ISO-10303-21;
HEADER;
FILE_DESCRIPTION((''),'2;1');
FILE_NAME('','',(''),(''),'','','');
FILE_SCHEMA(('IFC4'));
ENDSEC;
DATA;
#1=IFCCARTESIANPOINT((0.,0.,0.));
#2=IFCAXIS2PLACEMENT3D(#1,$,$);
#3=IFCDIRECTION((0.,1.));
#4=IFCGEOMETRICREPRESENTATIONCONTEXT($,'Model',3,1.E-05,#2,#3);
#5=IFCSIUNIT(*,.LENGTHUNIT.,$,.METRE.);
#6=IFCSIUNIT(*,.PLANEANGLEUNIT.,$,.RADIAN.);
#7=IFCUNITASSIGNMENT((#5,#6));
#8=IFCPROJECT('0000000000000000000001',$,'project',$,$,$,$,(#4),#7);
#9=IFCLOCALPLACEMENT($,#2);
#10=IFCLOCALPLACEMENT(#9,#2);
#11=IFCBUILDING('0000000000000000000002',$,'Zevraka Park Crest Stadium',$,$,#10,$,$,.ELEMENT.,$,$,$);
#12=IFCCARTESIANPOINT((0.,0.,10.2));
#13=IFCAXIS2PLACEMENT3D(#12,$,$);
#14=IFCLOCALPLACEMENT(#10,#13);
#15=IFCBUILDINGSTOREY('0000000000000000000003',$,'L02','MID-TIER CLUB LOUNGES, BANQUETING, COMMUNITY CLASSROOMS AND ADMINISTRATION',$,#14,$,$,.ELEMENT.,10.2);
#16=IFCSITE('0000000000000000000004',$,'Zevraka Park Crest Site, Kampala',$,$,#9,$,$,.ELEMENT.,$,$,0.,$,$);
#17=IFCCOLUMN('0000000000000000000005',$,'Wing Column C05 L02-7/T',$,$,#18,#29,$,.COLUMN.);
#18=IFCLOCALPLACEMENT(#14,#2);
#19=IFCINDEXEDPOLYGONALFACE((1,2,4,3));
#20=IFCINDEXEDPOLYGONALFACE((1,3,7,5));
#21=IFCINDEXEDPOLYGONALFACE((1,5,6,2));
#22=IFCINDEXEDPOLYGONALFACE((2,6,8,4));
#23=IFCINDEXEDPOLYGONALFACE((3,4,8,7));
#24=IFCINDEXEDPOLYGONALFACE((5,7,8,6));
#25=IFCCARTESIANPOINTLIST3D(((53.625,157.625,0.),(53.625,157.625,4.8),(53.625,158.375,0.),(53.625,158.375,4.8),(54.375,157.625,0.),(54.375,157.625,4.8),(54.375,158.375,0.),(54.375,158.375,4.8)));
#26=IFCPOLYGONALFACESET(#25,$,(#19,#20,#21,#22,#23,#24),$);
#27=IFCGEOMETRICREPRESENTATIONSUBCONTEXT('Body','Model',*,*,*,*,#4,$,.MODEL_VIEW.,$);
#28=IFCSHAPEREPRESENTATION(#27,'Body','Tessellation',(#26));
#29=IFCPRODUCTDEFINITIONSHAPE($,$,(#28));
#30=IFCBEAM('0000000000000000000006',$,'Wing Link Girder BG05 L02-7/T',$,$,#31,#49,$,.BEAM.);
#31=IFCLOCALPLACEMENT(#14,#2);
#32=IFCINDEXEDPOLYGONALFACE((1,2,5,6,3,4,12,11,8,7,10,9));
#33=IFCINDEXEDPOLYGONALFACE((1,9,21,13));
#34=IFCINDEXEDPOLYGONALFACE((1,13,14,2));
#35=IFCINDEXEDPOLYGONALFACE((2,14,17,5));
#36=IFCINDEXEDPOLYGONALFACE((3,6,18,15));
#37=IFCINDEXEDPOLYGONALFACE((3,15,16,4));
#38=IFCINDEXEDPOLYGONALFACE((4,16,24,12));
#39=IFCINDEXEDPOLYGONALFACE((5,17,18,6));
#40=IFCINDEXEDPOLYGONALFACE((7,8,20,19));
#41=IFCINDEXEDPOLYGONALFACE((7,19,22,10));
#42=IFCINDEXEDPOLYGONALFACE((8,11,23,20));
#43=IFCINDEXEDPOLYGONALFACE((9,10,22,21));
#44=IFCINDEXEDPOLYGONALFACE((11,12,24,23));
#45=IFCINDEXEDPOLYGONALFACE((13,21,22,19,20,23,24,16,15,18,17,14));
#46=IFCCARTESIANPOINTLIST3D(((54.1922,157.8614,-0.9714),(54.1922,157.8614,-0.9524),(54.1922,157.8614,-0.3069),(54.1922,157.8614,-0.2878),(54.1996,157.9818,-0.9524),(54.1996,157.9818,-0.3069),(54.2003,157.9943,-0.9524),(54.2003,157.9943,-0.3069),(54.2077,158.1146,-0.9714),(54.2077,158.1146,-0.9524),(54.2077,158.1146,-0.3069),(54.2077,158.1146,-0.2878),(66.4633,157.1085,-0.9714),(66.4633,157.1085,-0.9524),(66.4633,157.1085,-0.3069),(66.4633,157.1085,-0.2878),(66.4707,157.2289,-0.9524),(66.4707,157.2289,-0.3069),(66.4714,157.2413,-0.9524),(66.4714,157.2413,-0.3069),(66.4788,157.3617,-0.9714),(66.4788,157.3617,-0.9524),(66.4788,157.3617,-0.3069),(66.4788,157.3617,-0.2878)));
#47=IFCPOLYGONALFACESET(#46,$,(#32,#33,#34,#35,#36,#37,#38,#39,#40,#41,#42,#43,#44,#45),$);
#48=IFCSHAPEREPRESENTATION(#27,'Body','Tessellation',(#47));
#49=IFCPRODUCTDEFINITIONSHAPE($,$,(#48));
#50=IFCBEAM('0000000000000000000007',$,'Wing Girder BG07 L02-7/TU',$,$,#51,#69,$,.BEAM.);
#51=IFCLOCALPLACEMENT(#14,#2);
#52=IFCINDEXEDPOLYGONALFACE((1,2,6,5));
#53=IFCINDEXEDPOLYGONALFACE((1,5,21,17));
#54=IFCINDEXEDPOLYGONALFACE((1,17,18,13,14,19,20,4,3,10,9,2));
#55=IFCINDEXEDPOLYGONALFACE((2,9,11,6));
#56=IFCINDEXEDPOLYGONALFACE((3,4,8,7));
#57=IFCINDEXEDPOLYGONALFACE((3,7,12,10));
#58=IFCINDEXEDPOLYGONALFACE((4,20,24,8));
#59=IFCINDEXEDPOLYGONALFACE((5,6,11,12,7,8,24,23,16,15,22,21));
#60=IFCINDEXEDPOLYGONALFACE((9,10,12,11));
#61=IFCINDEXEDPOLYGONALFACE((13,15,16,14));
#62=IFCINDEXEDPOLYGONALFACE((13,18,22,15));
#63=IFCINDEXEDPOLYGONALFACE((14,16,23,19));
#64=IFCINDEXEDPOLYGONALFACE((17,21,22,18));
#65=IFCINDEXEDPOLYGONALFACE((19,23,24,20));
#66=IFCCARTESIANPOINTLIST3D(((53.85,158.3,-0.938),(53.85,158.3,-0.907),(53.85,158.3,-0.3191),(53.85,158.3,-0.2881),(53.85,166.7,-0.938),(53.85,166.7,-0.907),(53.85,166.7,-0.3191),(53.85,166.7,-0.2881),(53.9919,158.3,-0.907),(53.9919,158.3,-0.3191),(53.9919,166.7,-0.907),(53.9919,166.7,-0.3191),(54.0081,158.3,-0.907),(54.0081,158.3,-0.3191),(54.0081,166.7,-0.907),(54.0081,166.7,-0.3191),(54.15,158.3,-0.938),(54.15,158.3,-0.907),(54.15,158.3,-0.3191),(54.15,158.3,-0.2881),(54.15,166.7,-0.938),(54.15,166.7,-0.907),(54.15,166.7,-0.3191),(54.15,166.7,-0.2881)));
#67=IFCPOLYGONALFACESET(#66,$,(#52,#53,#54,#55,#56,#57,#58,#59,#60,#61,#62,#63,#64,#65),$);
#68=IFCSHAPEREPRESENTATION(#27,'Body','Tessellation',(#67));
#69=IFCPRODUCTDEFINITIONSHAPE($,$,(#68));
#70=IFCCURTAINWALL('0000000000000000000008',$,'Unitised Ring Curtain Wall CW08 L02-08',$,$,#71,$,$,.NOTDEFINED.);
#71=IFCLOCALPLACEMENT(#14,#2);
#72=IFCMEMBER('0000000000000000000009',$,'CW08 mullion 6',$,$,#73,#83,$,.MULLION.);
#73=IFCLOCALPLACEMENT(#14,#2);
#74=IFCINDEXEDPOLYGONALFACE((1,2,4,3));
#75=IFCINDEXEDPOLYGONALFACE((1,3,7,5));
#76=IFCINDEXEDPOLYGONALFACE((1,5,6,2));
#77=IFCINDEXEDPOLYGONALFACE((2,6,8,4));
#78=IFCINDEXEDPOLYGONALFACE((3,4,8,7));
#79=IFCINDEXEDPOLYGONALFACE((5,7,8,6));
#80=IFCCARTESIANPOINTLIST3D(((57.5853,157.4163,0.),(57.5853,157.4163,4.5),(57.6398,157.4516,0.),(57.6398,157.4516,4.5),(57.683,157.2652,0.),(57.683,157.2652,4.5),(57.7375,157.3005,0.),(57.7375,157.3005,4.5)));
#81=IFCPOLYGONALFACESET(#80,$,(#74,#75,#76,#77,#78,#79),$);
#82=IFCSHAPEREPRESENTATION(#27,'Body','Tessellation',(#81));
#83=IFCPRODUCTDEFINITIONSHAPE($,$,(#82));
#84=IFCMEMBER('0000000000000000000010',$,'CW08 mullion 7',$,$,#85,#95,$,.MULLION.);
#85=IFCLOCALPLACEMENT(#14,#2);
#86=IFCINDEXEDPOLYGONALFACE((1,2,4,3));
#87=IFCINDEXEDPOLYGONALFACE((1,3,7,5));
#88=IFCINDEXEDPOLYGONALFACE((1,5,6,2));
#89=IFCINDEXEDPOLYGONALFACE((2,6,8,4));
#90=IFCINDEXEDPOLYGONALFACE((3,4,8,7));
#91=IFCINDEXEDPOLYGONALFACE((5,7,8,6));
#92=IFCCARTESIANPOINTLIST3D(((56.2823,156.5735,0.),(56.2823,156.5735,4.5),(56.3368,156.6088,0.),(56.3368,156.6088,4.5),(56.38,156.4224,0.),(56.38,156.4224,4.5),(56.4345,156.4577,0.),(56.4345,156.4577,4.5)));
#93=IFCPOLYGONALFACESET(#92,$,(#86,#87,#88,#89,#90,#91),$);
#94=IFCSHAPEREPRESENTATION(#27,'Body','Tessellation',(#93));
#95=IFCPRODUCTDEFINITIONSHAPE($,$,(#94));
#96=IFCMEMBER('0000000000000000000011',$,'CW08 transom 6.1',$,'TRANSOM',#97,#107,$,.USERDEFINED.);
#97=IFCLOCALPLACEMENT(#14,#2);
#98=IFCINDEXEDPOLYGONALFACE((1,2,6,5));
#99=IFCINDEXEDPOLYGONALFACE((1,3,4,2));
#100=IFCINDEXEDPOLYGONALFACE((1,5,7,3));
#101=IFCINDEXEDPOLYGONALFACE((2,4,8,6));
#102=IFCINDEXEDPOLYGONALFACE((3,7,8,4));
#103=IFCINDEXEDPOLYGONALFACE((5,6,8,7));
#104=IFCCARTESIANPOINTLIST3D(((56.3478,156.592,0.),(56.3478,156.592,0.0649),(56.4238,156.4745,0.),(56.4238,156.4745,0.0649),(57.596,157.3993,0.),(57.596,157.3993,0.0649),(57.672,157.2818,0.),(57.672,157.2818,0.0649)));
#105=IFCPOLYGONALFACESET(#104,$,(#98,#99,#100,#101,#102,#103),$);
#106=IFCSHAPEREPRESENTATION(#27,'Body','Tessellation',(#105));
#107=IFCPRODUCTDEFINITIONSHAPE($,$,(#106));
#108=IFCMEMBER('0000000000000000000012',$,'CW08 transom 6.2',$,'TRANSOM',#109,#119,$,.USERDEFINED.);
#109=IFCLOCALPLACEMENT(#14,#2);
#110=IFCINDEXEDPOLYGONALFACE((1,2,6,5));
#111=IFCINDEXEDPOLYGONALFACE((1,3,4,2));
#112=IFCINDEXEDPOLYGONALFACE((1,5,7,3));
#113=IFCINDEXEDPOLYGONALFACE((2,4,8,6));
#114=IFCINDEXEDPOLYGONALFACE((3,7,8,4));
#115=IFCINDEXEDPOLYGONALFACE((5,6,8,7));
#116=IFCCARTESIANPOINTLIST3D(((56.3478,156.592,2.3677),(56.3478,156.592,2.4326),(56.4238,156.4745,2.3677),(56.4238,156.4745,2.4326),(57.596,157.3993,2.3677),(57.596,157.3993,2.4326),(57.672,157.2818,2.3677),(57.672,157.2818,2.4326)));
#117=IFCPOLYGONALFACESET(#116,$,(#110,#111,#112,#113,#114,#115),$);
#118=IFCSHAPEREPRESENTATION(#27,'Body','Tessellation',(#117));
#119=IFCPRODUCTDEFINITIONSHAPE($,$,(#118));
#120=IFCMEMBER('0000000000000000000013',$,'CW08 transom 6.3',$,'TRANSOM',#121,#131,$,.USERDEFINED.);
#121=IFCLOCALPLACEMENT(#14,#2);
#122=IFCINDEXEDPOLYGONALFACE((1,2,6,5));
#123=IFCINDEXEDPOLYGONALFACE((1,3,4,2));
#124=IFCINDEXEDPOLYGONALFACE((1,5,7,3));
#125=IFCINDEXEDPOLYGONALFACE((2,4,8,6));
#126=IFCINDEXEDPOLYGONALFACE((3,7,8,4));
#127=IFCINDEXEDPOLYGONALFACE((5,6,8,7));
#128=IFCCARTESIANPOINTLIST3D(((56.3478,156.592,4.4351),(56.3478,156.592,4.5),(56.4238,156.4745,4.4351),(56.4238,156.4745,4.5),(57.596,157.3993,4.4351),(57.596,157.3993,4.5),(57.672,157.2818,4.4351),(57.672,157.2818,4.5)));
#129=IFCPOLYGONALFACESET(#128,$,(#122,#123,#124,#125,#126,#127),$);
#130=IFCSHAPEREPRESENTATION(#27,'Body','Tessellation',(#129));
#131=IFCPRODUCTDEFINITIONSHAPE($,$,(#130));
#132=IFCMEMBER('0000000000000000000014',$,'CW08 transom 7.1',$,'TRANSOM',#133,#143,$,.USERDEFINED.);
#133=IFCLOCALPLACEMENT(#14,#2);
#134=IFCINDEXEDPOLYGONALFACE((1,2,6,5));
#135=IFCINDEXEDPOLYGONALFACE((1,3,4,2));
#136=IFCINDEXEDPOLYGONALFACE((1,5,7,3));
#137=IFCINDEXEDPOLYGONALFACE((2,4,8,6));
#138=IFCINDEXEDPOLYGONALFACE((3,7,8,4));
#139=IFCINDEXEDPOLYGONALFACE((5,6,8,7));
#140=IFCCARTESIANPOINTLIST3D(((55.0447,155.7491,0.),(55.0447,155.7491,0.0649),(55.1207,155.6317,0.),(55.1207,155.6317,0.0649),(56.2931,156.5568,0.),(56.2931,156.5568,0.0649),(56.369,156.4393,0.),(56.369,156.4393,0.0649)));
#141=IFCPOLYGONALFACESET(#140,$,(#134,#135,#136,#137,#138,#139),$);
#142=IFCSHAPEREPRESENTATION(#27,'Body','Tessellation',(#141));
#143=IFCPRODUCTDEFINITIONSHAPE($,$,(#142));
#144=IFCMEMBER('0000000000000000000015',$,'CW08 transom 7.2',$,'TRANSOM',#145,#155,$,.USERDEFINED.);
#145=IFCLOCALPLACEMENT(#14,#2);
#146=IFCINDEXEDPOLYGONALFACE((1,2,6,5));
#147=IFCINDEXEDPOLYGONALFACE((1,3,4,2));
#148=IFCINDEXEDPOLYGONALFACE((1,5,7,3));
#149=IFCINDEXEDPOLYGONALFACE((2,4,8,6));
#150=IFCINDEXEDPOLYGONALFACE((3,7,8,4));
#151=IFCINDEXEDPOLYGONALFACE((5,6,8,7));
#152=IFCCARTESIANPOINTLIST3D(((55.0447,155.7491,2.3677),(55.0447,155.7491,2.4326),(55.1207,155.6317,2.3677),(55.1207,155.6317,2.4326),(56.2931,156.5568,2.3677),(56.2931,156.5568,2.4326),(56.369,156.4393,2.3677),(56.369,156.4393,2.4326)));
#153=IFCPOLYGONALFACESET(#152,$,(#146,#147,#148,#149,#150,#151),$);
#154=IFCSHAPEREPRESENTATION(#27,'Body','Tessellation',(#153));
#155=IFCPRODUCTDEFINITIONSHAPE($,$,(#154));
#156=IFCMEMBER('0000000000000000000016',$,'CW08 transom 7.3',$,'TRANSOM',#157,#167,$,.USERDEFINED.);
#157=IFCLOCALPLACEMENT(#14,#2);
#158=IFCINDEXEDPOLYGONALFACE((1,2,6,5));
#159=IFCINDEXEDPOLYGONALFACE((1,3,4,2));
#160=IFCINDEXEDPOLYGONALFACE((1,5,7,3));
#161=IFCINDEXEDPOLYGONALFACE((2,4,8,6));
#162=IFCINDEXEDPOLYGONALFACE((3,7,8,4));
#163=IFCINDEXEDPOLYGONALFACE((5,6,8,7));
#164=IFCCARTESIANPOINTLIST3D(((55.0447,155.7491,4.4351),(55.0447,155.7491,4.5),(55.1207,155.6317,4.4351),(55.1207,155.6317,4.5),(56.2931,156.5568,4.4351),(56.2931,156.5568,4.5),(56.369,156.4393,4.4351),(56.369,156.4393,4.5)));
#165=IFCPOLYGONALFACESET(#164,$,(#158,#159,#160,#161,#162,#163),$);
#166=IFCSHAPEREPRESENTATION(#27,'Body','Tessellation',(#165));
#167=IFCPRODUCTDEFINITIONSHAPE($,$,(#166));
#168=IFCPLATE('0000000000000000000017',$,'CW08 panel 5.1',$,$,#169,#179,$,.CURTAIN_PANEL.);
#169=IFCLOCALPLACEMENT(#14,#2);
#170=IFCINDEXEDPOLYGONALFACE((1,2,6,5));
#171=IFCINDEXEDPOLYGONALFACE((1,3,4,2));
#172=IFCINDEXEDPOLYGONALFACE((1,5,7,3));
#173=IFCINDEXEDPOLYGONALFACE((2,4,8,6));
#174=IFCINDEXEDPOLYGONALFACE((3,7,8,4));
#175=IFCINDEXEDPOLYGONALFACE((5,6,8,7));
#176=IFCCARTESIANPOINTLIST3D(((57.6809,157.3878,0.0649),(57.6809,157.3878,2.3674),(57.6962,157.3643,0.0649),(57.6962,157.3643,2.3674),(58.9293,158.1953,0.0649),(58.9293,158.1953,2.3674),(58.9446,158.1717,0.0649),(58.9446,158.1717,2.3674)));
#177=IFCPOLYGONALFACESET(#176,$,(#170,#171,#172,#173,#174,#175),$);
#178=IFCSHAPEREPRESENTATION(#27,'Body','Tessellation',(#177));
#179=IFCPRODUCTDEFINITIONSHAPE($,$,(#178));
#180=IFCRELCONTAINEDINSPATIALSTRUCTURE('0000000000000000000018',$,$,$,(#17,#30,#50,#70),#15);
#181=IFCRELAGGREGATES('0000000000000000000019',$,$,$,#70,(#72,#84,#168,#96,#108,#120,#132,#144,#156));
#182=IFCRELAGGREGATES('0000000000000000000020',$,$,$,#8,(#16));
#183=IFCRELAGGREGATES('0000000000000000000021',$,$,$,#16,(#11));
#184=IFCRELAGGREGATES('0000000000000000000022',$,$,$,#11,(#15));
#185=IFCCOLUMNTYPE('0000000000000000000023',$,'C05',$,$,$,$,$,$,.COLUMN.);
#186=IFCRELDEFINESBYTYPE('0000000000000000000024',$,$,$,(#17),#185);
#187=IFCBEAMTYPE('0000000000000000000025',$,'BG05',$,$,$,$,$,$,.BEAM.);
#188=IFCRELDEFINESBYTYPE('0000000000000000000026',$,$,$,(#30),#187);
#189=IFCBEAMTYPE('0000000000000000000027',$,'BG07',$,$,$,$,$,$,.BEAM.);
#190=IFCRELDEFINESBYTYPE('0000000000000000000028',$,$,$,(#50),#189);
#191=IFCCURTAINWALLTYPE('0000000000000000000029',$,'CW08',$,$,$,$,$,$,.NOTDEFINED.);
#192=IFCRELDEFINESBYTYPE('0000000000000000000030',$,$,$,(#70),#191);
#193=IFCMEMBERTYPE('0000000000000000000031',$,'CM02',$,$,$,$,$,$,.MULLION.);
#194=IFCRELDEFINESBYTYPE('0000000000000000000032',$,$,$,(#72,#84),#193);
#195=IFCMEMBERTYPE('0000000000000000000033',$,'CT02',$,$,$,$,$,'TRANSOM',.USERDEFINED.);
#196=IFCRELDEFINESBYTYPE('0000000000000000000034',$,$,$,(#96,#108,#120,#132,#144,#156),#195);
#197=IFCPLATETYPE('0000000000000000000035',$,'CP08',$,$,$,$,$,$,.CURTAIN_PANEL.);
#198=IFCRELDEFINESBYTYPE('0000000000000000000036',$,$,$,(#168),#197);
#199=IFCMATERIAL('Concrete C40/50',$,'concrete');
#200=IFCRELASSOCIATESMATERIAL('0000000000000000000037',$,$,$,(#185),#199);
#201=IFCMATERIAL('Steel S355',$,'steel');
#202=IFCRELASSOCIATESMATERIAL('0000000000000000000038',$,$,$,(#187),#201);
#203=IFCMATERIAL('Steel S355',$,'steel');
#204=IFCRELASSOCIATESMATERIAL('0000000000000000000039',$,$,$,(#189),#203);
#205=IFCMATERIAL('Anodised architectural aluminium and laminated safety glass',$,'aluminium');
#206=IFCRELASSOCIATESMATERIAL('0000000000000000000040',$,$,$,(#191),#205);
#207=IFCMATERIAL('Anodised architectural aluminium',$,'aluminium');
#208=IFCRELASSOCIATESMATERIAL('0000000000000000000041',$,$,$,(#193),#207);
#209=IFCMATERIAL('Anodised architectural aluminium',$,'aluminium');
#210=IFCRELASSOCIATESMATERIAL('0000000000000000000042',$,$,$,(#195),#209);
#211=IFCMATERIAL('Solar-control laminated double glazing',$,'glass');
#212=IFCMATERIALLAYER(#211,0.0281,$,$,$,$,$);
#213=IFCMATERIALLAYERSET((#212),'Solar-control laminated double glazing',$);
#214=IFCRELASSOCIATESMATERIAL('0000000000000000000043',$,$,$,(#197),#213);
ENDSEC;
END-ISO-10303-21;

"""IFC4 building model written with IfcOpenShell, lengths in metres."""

from ifc_helpers import new_model, si_unit, direction, frame, origin, origin_2d, place, context, subcontext, project, spatial, rectangle, i_section, extrude, material, layer, layer_set, material_profile, profile_set, type_object, element, aggregate, save


model = new_model("IFC4")

# Units and contexts
model_context = context("Model", 3, precision=1e-05, world=origin(), true_north=direction((0.0, 1.0)))
body_context = subcontext(model_context, "Body", "Model", "MODEL_VIEW")
ifc_project = project(units=[si_unit("LENGTHUNIT", "METRE"), si_unit("PLANEANGLEUNIT", "RADIAN")], contexts=[model_context])

# Site, building, storey
site_placement = place(None, origin())
site = spatial("IfcSite", under=ifc_project, at=site_placement, Name="Zevraka Park Crest Site, Kampala", CompositionType="ELEMENT", RefElevation=0.0)
building_placement = place(site_placement, origin())
building = spatial("IfcBuilding", under=site, at=building_placement, Name="Zevraka Park Crest Stadium", CompositionType="ELEMENT")
storey_placement = place(building_placement, frame((0.0, 0.0, 10.2)))
storey = spatial("IfcBuildingStorey", under=building, at=storey_placement, Name="L02", Description="MID-TIER CLUB LOUNGES, BANQUETING, COMMUNITY CLASSROOMS AND ADMINISTRATION", CompositionType="ELEMENT", Elevation=10.2)

# Column
ifc_material_1 = material(Name="Concrete C40/50", Category="concrete")
ifc_material_profile_1 = material_profile(ifc_material_1, rectangle(XDim=0.75, YDim=0.75, at=origin_2d()), Name="RC 750x750")
ifc_profile_set_1 = profile_set([ifc_material_profile_1], Name="Concrete C40/50")
column_type = type_object("IfcColumnType", Name="C05", PredefinedType="COLUMN", material=ifc_profile_set_1)
column_placement = place(storey_placement, frame((54.0, 158.0, 0.0), z_axis=(0.0, 0.0, 1.0), x_axis=(1.0, 0.0, 0.0)))
element("IfcColumn", 1, at=column_placement, inside=storey, type_object=column_type, Name="Wing Column C05 L02-7/T", PredefinedType="COLUMN", context=body_context, shape_type="SweptSolid", body=[
    extrude(rectangle(XDim=0.75, YDim=0.75, at=origin_2d()), origin(), (0.0, 0.0, 1.0), 4.8),
])

# Beams
ifc_material_2 = material(Name="Steel S355", Category="steel")
ifc_material_profile_2 = material_profile(ifc_material_2, i_section(OverallWidth=0.2537, OverallDepth=0.6836, WebThickness=0.0125, FlangeThickness=0.019, at=origin_2d()), Name="UKB 686x254x140")
ifc_profile_set_2 = profile_set([ifc_material_profile_2], Name="Steel S355")
beam_type_1 = type_object("IfcBeamType", Name="BG05", PredefinedType="BEAM", material=ifc_profile_set_2)
beam_1_placement = place(storey_placement, frame((54.2, 157.988, -0.6296), z_axis=(0.998123, -0.061243, 0.0), x_axis=(0.061243, 0.998123, 0.0)))
element("IfcBeam", 2, at=beam_1_placement, inside=storey, type_object=beam_type_1, Name="Wing Link Girder BG05 L02-7/T", PredefinedType="BEAM", context=body_context, shape_type="SweptSolid", body=[
    extrude(i_section(OverallWidth=0.2537, OverallDepth=0.6836, WebThickness=0.0125, FlangeThickness=0.019, at=origin_2d()), origin(), (0.0, 0.0, 1.0), 12.2942),
])
ifc_material_3 = material(Name="Steel S355", Category="steel")
ifc_material_profile_3 = material_profile(ifc_material_3, i_section(OverallWidth=0.3, OverallDepth=0.6499, WebThickness=0.0161, FlangeThickness=0.031, at=origin_2d()), Name="HEB 650")
ifc_profile_set_3 = profile_set([ifc_material_profile_3], Name="Steel S355")
beam_type_2 = type_object("IfcBeamType", Name="BG07", PredefinedType="BEAM", material=ifc_profile_set_3)
beam_2_placement = place(storey_placement, frame((54.0, 158.3, -0.613), z_axis=(0.0, 1.0, 0.0), x_axis=(-1.0, 0.0, 0.0)))
element("IfcBeam", 3, at=beam_2_placement, inside=storey, type_object=beam_type_2, Name="Wing Girder BG07 L02-7/TU", PredefinedType="BEAM", context=body_context, shape_type="SweptSolid", body=[
    extrude(i_section(OverallWidth=0.3, OverallDepth=0.6499, WebThickness=0.0161, FlangeThickness=0.031, at=origin_2d()), origin(), (0.0, 0.0, 1.0), 8.3999),
])

# Curtain wall, members, plate
ifc_material_4 = material(Name="Anodised architectural aluminium and laminated safety glass", Category="aluminium")
curtain_wall_type = type_object("IfcCurtainWallType", Name="CW08", PredefinedType="NOTDEFINED", material=ifc_material_4)
curtain_wall_placement = place(storey_placement, origin())
curtain_wall = element("IfcCurtainWall", 4, at=curtain_wall_placement, inside=storey, type_object=curtain_wall_type, Name="Unitised Ring Curtain Wall CW08 L02-08", PredefinedType="NOTDEFINED")
ifc_material_5 = material(Name="Anodised architectural aluminium", Category="aluminium")
ifc_material_profile_4 = material_profile(ifc_material_5, rectangle(XDim=0.1799, YDim=0.0649, at=origin_2d()), Name="ALU MULLION 180x65")
ifc_profile_set_4 = profile_set([ifc_material_profile_4], Name="Anodised architectural aluminium")
member_type_1 = type_object("IfcMemberType", Name="CM02", PredefinedType="MULLION", material=ifc_profile_set_4)
member_1_placement = place(storey_placement, frame((57.6614, 157.3584, 0.0), z_axis=(0.0, 0.0, 1.0), x_axis=(0.543096, -0.83967, 0.0)))
member_1 = element("IfcMember", 5, at=member_1_placement, type_object=member_type_1, Name="CW08 mullion 6", PredefinedType="MULLION", context=body_context, shape_type="SweptSolid", body=[
    extrude(rectangle(XDim=0.1799, YDim=0.0649, at=origin_2d()), origin(), (0.0, 0.0, 1.0), 4.5),
])
member_2_placement = place(storey_placement, frame((56.3584, 156.5156, 0.0), z_axis=(0.0, 0.0, 1.0), x_axis=(0.543096, -0.83967, 0.0)))
member_2 = element("IfcMember", 6, at=member_2_placement, type_object=member_type_1, Name="CW08 mullion 7", PredefinedType="MULLION", context=body_context, shape_type="SweptSolid", body=[
    extrude(rectangle(XDim=0.1799, YDim=0.0649, at=origin_2d()), origin(), (0.0, 0.0, 1.0), 4.5),
])
ifc_material_6 = material(Name="Anodised architectural aluminium", Category="aluminium")
ifc_material_profile_5 = material_profile(ifc_material_6, rectangle(XDim=0.1399, YDim=0.0649, at=origin_2d()), Name="ALU TRANSOM 140x65")
ifc_profile_set_5 = profile_set([ifc_material_profile_5], Name="Anodised architectural aluminium")
member_type_2 = type_object("IfcMemberType", Name="CT02", ElementType="TRANSOM", PredefinedType="USERDEFINED", material=ifc_profile_set_5)
member_3_placement = place(storey_placement, frame((57.634, 157.3406, 0.0325), z_axis=(-0.839676, -0.543088, 0.0), x_axis=(0.543088, -0.839676, 0.0)))
member_3 = element("IfcMember", 7, at=member_3_placement, type_object=member_type_2, Name="CW08 transom 6.1", ObjectType="TRANSOM", PredefinedType="USERDEFINED", context=body_context, shape_type="SweptSolid", body=[
    extrude(rectangle(XDim=0.1399, YDim=0.0649, at=origin_2d()), origin(), (0.0, 0.0, 1.0), 1.4866),
])
member_4_placement = place(storey_placement, frame((57.634, 157.3406, 2.4001), z_axis=(-0.839676, -0.543088, 0.0), x_axis=(0.543088, -0.839676, 0.0)))
member_4 = element("IfcMember", 8, at=member_4_placement, type_object=member_type_2, Name="CW08 transom 6.2", ObjectType="TRANSOM", PredefinedType="USERDEFINED", context=body_context, shape_type="SweptSolid", body=[
    extrude(rectangle(XDim=0.1399, YDim=0.0649, at=origin_2d()), origin(), (0.0, 0.0, 1.0), 1.4866),
])
member_5_placement = place(storey_placement, frame((57.634, 157.3406, 4.4675), z_axis=(-0.839676, -0.543088, 0.0), x_axis=(0.543088, -0.839676, 0.0)))
member_5 = element("IfcMember", 9, at=member_5_placement, type_object=member_type_2, Name="CW08 transom 6.3", ObjectType="TRANSOM", PredefinedType="USERDEFINED", context=body_context, shape_type="SweptSolid", body=[
    extrude(rectangle(XDim=0.1399, YDim=0.0649, at=origin_2d()), origin(), (0.0, 0.0, 1.0), 1.4866),
])
member_6_placement = place(storey_placement, frame((56.3311, 156.498, 0.0325), z_axis=(-0.839601, -0.543204, 0.0), x_axis=(0.543204, -0.839601, 0.0)))
member_6 = element("IfcMember", 10, at=member_6_placement, type_object=member_type_2, Name="CW08 transom 7.1", ObjectType="TRANSOM", PredefinedType="USERDEFINED", context=body_context, shape_type="SweptSolid", body=[
    extrude(rectangle(XDim=0.1399, YDim=0.0649, at=origin_2d()), origin(), (0.0, 0.0, 1.0), 1.4868),
])
member_7_placement = place(storey_placement, frame((56.3311, 156.498, 2.4001), z_axis=(-0.839601, -0.543204, 0.0), x_axis=(0.543204, -0.839601, 0.0)))
member_7 = element("IfcMember", 11, at=member_7_placement, type_object=member_type_2, Name="CW08 transom 7.2", ObjectType="TRANSOM", PredefinedType="USERDEFINED", context=body_context, shape_type="SweptSolid", body=[
    extrude(rectangle(XDim=0.1399, YDim=0.0649, at=origin_2d()), origin(), (0.0, 0.0, 1.0), 1.4868),
])
member_8_placement = place(storey_placement, frame((56.3311, 156.498, 4.4675), z_axis=(-0.839601, -0.543204, 0.0), x_axis=(0.543204, -0.839601, 0.0)))
member_8 = element("IfcMember", 12, at=member_8_placement, type_object=member_type_2, Name="CW08 transom 7.3", ObjectType="TRANSOM", PredefinedType="USERDEFINED", context=body_context, shape_type="SweptSolid", body=[
    extrude(rectangle(XDim=0.1399, YDim=0.0649, at=origin_2d()), origin(), (0.0, 0.0, 1.0), 1.4868),
])
ifc_material_7 = material(Name="Solar-control laminated double glazing", Category="glass")
ifc_layer_1 = layer(ifc_material_7, 0.0281)
ifc_layer_set_1 = layer_set([ifc_layer_1], Name="Solar-control laminated double glazing")
plate_type = type_object("IfcPlateType", Name="CP08", PredefinedType="CURTAIN_PANEL", material=ifc_layer_set_1)
plate_1_placement = place(storey_placement, frame((58.3127, 157.7798, 0.0649), z_axis=(0.0, 0.0, 1.0), x_axis=(-0.83967, -0.543096, 0.0)))
plate_1 = element("IfcPlate", 13, at=plate_1_placement, type_object=plate_type, Name="CW08 panel 5.1", PredefinedType="CURTAIN_PANEL", context=body_context, shape_type="SweptSolid", body=[
    extrude(rectangle(XDim=1.4868, YDim=0.0281, at=origin_2d()), origin(), (0.0, 0.0, 1.0), 2.3025),
])
aggregate(curtain_wall, [member_1, member_2, plate_1, member_3, member_4, member_5, member_6, member_7, member_8])

save(model, "model.ifc")
